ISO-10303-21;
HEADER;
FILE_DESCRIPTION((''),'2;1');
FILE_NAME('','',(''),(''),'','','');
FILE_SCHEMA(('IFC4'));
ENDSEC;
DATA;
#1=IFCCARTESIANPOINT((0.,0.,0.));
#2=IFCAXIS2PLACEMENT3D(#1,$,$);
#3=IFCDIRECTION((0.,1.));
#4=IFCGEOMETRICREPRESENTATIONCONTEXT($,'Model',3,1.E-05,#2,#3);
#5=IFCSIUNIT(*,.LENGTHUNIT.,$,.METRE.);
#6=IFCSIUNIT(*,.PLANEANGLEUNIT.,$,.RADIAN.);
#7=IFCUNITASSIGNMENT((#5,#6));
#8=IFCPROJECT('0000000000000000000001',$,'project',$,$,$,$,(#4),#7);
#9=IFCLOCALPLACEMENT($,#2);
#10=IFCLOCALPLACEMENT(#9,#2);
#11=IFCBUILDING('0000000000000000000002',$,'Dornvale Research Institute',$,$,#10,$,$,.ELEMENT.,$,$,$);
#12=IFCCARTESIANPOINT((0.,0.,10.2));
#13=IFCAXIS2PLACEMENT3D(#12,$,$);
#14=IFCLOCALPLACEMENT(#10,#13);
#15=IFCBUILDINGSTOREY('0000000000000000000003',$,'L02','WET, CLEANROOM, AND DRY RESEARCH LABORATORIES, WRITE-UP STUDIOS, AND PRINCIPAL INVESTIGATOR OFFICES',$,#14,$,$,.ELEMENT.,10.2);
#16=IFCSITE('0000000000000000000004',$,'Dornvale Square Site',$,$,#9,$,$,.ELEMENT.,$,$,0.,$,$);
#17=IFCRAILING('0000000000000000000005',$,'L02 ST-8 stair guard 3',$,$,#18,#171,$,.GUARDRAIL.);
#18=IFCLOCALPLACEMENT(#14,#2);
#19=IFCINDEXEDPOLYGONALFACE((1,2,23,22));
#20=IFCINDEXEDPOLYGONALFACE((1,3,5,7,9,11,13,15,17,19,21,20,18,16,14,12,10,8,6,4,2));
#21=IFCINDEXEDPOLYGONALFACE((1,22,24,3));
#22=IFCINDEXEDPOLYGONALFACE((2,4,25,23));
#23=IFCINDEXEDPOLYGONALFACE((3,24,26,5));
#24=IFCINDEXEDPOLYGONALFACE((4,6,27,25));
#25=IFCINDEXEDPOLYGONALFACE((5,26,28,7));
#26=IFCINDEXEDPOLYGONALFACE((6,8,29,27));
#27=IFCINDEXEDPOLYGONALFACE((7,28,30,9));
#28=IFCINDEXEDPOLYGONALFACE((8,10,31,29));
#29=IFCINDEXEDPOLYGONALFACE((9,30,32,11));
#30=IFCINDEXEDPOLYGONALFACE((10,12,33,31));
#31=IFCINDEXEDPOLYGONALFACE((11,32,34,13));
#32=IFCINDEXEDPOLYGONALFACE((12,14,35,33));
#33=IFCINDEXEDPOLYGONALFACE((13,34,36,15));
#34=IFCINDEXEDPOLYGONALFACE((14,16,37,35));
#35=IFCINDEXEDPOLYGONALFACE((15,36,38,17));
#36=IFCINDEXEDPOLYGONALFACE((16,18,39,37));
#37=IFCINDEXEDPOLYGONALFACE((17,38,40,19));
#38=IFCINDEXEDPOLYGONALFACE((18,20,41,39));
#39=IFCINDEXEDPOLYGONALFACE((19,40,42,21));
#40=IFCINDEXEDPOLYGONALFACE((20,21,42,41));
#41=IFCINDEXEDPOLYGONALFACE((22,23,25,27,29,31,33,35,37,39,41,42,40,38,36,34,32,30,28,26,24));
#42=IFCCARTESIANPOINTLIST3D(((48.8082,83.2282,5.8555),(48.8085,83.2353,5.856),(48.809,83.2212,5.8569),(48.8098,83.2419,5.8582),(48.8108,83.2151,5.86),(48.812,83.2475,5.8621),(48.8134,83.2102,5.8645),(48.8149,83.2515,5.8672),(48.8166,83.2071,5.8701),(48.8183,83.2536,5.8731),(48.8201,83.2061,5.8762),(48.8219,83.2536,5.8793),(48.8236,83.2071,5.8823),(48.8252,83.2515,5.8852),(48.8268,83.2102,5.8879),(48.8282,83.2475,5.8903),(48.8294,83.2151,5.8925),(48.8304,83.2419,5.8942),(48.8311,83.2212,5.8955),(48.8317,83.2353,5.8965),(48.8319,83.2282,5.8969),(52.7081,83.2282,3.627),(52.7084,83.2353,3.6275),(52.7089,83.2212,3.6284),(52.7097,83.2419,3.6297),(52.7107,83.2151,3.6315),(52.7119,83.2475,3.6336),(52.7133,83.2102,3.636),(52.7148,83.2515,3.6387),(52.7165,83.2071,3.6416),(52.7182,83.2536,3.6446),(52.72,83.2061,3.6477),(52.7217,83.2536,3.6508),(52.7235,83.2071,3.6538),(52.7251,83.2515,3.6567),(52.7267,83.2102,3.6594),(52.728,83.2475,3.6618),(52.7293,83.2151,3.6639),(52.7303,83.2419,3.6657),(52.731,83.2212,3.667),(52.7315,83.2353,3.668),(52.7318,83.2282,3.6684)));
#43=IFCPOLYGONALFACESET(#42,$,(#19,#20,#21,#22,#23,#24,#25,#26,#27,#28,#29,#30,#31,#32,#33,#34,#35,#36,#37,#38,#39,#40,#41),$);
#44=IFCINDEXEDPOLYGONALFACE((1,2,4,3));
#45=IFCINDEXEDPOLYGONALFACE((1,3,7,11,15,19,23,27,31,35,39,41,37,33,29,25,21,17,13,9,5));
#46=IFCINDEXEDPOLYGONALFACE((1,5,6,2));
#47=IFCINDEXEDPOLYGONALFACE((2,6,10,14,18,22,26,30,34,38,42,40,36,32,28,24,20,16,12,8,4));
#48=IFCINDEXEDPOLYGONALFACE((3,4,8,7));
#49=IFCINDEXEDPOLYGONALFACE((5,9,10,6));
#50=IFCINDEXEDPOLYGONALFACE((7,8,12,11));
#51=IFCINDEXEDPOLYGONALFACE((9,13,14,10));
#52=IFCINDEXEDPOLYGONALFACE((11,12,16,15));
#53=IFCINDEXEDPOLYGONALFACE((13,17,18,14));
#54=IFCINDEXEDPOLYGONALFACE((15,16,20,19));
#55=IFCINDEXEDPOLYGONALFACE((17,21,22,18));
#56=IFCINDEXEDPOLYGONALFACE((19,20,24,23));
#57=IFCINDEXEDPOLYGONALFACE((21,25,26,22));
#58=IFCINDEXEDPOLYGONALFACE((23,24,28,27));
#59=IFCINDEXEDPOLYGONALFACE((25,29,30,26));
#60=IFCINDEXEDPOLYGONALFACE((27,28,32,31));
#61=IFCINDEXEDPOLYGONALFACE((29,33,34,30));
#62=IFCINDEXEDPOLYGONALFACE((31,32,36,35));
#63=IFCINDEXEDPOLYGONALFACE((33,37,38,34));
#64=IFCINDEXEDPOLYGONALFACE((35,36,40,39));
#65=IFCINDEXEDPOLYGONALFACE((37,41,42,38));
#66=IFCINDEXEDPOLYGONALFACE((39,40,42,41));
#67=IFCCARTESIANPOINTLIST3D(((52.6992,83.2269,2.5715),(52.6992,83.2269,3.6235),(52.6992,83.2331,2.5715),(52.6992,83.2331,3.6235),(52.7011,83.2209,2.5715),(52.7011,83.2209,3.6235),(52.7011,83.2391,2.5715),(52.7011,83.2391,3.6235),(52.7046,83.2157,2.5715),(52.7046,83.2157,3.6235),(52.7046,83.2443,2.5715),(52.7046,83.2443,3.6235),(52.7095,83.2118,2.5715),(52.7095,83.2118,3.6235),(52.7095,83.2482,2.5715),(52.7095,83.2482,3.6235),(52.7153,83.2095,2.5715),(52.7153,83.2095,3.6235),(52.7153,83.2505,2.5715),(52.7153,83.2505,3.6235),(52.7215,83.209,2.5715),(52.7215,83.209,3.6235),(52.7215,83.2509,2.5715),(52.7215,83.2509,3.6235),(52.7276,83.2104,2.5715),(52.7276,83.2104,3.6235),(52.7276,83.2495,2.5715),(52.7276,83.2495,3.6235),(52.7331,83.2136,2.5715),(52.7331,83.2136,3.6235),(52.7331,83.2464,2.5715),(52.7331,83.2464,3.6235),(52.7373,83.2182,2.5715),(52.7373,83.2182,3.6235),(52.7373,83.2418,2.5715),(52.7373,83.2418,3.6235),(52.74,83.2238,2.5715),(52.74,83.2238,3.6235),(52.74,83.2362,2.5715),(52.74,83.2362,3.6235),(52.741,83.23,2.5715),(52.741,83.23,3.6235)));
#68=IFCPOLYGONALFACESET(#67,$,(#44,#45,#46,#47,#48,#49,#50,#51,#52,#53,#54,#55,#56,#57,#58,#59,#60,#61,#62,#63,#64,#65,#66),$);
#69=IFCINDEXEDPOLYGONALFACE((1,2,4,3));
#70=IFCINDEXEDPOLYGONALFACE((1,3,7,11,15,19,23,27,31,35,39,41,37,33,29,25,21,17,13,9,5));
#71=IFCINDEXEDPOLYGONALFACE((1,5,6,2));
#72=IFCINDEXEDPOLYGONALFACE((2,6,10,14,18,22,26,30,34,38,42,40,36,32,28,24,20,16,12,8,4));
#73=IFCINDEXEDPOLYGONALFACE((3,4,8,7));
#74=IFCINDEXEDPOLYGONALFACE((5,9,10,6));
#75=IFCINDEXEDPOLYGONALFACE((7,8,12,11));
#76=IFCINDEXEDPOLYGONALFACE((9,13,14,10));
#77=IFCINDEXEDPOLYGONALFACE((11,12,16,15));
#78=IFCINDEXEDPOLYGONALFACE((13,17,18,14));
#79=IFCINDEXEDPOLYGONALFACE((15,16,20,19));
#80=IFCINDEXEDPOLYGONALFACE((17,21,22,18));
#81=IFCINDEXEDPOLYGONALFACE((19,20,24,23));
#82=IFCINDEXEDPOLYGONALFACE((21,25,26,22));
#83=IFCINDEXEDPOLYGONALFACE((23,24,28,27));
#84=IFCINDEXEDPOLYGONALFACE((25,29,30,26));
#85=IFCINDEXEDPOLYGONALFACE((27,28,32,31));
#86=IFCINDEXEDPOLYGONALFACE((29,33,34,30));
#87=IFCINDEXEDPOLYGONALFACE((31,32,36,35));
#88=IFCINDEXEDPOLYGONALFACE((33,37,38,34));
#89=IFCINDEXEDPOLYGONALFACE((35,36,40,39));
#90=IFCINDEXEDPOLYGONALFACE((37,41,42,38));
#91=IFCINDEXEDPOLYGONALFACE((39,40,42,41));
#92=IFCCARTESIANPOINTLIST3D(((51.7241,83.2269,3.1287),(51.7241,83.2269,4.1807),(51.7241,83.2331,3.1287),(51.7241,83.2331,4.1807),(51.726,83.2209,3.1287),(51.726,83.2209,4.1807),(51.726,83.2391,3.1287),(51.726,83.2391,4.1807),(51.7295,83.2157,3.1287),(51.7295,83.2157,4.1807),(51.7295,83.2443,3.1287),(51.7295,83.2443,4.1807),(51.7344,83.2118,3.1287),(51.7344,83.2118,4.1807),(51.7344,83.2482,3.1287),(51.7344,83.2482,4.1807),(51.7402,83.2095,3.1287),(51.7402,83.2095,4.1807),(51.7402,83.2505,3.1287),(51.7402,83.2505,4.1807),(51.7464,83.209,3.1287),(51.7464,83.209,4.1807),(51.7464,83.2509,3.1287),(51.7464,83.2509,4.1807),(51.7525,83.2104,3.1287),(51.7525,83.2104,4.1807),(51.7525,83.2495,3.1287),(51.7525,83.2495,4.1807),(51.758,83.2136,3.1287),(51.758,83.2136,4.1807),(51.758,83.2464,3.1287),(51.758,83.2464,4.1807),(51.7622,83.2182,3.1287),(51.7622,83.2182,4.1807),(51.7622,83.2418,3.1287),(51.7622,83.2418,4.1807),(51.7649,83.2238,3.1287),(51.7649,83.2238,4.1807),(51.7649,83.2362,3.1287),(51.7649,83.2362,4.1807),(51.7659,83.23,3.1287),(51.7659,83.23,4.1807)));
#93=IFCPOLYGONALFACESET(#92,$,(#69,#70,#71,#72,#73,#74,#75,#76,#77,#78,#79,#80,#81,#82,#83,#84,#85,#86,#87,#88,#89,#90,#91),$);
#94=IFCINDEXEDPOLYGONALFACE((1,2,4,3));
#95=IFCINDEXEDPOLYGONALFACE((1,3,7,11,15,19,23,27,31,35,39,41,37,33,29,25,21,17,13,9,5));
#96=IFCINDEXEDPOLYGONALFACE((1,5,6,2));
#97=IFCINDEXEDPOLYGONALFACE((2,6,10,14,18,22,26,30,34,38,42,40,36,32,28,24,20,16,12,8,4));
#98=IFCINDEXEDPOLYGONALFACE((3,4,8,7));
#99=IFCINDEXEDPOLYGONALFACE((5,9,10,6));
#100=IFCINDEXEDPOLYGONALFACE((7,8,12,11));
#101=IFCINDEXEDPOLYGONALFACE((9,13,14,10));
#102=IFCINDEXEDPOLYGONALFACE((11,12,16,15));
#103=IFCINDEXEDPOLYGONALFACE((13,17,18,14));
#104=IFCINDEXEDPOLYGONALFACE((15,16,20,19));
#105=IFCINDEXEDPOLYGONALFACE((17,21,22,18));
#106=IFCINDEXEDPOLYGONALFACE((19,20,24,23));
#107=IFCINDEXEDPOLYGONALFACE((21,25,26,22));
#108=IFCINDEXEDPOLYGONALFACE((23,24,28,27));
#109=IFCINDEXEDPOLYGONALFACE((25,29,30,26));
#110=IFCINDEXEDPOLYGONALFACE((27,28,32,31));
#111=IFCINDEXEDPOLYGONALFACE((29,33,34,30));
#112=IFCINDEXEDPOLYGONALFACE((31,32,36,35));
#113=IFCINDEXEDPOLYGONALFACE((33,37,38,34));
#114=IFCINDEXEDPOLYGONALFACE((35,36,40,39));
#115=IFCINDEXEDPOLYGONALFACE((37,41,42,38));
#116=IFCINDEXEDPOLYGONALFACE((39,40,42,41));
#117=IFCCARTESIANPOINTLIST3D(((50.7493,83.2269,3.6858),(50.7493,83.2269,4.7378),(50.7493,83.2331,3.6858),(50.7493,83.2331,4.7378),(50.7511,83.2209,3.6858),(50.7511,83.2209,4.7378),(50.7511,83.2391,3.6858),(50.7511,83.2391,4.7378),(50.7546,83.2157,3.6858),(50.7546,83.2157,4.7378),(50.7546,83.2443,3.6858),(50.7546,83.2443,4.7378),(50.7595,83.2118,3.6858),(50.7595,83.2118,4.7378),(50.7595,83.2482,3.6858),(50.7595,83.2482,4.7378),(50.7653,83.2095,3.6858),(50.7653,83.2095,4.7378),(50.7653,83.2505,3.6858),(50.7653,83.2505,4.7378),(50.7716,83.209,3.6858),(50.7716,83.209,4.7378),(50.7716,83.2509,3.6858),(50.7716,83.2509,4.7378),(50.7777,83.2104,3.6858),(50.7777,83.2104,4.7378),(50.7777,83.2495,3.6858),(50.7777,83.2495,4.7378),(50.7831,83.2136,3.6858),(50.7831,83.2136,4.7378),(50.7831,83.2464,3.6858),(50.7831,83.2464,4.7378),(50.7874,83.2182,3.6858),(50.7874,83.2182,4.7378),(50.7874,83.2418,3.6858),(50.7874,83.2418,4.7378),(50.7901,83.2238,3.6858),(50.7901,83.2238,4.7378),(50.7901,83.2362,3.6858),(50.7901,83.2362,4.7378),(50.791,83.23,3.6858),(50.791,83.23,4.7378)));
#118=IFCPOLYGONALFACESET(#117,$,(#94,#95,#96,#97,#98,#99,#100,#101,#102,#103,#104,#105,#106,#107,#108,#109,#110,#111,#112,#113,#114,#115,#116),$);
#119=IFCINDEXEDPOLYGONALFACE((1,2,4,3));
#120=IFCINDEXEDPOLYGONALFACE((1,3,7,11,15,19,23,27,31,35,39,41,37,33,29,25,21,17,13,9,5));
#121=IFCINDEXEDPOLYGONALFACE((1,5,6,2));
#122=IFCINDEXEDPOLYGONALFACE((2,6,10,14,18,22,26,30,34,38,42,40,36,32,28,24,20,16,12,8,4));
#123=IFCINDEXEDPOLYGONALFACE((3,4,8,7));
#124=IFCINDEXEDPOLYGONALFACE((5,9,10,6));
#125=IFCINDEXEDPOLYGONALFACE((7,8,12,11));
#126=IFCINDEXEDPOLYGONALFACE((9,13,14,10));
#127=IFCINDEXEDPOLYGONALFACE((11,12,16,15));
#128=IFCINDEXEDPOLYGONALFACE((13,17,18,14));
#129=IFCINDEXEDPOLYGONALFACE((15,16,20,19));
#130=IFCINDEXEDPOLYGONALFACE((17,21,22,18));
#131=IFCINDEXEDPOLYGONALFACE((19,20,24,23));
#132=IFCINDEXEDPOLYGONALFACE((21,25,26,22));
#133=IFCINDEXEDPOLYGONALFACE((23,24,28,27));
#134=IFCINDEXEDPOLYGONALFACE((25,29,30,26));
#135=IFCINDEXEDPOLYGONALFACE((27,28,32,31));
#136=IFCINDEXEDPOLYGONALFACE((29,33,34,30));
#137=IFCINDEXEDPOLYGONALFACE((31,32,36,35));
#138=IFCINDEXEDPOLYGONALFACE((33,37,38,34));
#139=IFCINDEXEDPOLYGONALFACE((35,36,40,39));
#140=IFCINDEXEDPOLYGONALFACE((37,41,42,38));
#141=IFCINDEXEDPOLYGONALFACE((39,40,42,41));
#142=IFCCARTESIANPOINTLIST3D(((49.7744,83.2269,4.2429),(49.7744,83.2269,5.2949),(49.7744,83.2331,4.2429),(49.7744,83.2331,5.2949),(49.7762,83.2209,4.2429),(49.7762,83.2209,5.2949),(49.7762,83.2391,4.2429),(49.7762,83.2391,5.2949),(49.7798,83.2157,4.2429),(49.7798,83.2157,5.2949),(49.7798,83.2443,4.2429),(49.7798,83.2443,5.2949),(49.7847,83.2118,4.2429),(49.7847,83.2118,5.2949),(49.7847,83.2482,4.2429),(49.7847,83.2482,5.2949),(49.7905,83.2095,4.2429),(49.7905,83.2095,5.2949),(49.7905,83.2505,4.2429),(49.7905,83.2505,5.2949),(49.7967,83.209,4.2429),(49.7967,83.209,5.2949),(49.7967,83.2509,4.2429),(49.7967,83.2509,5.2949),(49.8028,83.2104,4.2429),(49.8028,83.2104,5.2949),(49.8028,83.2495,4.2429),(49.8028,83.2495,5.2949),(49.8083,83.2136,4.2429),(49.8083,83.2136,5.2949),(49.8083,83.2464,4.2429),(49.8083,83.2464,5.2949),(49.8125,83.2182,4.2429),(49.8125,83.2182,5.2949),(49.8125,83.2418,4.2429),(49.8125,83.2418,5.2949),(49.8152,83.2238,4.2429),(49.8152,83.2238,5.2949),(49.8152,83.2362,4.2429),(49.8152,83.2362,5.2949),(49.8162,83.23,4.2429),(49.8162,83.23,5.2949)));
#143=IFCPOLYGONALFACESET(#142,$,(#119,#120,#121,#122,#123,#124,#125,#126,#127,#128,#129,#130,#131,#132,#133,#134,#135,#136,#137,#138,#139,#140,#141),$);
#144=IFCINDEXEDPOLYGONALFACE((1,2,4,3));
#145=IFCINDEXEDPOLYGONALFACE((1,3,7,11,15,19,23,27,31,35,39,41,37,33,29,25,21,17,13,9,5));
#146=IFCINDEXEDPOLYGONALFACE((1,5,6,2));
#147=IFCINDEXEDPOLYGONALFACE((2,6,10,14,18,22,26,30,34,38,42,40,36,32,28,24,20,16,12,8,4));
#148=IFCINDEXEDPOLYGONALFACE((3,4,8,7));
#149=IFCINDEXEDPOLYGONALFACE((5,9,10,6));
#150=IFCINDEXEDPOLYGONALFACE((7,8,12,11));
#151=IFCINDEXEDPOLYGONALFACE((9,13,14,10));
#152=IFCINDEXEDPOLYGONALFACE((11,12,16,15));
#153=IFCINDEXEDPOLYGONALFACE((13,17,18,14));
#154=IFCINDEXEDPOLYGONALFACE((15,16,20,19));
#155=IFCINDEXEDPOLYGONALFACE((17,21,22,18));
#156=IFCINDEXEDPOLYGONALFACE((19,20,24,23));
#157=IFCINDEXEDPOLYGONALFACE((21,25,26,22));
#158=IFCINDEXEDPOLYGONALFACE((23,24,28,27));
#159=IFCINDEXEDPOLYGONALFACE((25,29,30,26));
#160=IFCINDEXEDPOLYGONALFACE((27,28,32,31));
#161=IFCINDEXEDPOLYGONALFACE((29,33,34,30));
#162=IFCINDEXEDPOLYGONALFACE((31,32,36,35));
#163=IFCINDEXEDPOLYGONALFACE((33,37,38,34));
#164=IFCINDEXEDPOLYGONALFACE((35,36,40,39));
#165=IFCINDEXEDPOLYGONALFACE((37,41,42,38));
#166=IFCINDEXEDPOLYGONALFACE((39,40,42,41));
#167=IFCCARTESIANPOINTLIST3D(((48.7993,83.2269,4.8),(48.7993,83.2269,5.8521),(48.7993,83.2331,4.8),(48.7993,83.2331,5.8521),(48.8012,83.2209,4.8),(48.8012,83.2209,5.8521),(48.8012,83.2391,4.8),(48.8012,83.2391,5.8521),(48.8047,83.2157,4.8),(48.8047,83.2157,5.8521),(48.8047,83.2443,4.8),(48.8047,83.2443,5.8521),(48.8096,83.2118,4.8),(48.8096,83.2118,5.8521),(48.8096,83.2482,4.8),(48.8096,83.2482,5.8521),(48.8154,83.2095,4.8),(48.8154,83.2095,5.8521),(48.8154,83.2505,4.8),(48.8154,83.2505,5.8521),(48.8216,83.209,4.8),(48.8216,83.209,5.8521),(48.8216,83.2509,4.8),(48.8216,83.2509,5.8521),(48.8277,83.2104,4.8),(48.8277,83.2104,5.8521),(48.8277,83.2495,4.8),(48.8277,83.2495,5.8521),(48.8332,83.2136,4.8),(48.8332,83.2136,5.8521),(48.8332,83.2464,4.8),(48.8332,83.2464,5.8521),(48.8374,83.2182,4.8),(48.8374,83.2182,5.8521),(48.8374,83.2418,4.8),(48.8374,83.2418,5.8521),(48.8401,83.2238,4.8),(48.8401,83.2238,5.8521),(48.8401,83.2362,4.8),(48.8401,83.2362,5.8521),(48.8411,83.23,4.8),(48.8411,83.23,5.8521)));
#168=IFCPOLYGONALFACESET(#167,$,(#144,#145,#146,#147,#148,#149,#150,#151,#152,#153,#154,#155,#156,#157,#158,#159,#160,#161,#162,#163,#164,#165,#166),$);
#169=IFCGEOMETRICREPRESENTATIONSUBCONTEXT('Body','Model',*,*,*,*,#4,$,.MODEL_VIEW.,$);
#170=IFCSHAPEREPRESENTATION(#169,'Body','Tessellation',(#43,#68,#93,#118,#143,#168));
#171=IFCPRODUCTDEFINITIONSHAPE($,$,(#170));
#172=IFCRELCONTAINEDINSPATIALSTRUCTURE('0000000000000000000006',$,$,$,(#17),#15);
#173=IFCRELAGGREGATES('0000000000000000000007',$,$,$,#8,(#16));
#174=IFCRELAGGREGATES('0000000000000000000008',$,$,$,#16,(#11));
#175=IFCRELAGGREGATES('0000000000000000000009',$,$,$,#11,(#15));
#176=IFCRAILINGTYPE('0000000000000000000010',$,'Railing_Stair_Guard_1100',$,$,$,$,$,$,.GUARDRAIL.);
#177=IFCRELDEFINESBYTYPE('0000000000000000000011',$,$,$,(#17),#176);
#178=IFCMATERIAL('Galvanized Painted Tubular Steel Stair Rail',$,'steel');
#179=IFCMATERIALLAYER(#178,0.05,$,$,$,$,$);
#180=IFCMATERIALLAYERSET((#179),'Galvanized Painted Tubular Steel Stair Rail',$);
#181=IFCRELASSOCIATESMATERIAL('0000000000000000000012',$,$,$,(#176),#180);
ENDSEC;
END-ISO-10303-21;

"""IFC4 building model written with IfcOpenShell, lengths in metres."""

from ifc_helpers import new_model, si_unit, direction, frame, origin, origin_2d, place, context, subcontext, project, spatial, circle, extrude, material, layer, layer_set, type_object, element, save


model = new_model("IFC4")

# Units and contexts
model_context = context("Model", 3, precision=1e-05, world=origin(), true_north=direction((0.0, 1.0)))
body_context = subcontext(model_context, "Body", "Model", "MODEL_VIEW")
ifc_project = project(units=[si_unit("LENGTHUNIT", "METRE"), si_unit("PLANEANGLEUNIT", "RADIAN")], contexts=[model_context])

# Site, building, storey
site_placement = place(None, origin())
site = spatial("IfcSite", under=ifc_project, at=site_placement, Name="Dornvale Square Site", CompositionType="ELEMENT", RefElevation=0.0)
building_placement = place(site_placement, origin())
building = spatial("IfcBuilding", under=site, at=building_placement, Name="Dornvale Research Institute", CompositionType="ELEMENT")
storey_placement = place(building_placement, frame((0.0, 0.0, 10.2)))
storey = spatial("IfcBuildingStorey", under=building, at=storey_placement, Name="L02", Description="WET, CLEANROOM, AND DRY RESEARCH LABORATORIES, WRITE-UP STUDIOS, AND PRINCIPAL INVESTIGATOR OFFICES", CompositionType="ELEMENT", Elevation=10.2)

# Railing
ifc_material_1 = material(Name="Galvanized Painted Tubular Steel Stair Rail", Category="steel")
ifc_layer_1 = layer(ifc_material_1, 0.05)
ifc_layer_set_1 = layer_set([ifc_layer_1], Name="Galvanized Painted Tubular Steel Stair Rail")
railing_type_1 = type_object("IfcRailingType", Name="Railing_Stair_Guard_1100", PredefinedType="GUARDRAIL", material=ifc_layer_set_1)
railing_1_placement = place(storey_placement, frame((52.72, 83.23, 2.5715)))
element("IfcRailing", 1, at=railing_1_placement, inside=storey, type_object=railing_type_1, Name="L02 ST-8 stair guard 3", PredefinedType="GUARDRAIL", context=body_context, shape_type="SweptSolid", body=[
    extrude(circle(Radius=0.0239, at=origin_2d()), frame((0.0, 0.0, 1.0762), z_axis=(-0.868243, 0.0, 0.496139), x_axis=(0.0, -1.0, 0.0)), (0.0, 0.0, 1.0), 4.4917),
    extrude(circle(Radius=0.021, at=origin_2d()), origin(), (0.0, 0.0, 1.0), 1.052),
    extrude(circle(Radius=0.021, at=origin_2d()), frame((-0.9751, 0.0, 0.5571)), (0.0, 0.0, 1.0), 1.052),
    extrude(circle(Radius=0.021, at=origin_2d()), frame((-1.95, 0.0, 1.1143)), (0.0, 0.0, 1.0), 1.052),
    extrude(circle(Radius=0.021, at=origin_2d()), frame((-2.9248, 0.0, 1.6714)), (0.0, 0.0, 1.0), 1.052),
    extrude(circle(Radius=0.021, at=origin_2d()), frame((-3.8999, 0.0, 2.2285)), (0.0, 0.0, 1.0), 1.052),
])

save(model, "model.ifc")
